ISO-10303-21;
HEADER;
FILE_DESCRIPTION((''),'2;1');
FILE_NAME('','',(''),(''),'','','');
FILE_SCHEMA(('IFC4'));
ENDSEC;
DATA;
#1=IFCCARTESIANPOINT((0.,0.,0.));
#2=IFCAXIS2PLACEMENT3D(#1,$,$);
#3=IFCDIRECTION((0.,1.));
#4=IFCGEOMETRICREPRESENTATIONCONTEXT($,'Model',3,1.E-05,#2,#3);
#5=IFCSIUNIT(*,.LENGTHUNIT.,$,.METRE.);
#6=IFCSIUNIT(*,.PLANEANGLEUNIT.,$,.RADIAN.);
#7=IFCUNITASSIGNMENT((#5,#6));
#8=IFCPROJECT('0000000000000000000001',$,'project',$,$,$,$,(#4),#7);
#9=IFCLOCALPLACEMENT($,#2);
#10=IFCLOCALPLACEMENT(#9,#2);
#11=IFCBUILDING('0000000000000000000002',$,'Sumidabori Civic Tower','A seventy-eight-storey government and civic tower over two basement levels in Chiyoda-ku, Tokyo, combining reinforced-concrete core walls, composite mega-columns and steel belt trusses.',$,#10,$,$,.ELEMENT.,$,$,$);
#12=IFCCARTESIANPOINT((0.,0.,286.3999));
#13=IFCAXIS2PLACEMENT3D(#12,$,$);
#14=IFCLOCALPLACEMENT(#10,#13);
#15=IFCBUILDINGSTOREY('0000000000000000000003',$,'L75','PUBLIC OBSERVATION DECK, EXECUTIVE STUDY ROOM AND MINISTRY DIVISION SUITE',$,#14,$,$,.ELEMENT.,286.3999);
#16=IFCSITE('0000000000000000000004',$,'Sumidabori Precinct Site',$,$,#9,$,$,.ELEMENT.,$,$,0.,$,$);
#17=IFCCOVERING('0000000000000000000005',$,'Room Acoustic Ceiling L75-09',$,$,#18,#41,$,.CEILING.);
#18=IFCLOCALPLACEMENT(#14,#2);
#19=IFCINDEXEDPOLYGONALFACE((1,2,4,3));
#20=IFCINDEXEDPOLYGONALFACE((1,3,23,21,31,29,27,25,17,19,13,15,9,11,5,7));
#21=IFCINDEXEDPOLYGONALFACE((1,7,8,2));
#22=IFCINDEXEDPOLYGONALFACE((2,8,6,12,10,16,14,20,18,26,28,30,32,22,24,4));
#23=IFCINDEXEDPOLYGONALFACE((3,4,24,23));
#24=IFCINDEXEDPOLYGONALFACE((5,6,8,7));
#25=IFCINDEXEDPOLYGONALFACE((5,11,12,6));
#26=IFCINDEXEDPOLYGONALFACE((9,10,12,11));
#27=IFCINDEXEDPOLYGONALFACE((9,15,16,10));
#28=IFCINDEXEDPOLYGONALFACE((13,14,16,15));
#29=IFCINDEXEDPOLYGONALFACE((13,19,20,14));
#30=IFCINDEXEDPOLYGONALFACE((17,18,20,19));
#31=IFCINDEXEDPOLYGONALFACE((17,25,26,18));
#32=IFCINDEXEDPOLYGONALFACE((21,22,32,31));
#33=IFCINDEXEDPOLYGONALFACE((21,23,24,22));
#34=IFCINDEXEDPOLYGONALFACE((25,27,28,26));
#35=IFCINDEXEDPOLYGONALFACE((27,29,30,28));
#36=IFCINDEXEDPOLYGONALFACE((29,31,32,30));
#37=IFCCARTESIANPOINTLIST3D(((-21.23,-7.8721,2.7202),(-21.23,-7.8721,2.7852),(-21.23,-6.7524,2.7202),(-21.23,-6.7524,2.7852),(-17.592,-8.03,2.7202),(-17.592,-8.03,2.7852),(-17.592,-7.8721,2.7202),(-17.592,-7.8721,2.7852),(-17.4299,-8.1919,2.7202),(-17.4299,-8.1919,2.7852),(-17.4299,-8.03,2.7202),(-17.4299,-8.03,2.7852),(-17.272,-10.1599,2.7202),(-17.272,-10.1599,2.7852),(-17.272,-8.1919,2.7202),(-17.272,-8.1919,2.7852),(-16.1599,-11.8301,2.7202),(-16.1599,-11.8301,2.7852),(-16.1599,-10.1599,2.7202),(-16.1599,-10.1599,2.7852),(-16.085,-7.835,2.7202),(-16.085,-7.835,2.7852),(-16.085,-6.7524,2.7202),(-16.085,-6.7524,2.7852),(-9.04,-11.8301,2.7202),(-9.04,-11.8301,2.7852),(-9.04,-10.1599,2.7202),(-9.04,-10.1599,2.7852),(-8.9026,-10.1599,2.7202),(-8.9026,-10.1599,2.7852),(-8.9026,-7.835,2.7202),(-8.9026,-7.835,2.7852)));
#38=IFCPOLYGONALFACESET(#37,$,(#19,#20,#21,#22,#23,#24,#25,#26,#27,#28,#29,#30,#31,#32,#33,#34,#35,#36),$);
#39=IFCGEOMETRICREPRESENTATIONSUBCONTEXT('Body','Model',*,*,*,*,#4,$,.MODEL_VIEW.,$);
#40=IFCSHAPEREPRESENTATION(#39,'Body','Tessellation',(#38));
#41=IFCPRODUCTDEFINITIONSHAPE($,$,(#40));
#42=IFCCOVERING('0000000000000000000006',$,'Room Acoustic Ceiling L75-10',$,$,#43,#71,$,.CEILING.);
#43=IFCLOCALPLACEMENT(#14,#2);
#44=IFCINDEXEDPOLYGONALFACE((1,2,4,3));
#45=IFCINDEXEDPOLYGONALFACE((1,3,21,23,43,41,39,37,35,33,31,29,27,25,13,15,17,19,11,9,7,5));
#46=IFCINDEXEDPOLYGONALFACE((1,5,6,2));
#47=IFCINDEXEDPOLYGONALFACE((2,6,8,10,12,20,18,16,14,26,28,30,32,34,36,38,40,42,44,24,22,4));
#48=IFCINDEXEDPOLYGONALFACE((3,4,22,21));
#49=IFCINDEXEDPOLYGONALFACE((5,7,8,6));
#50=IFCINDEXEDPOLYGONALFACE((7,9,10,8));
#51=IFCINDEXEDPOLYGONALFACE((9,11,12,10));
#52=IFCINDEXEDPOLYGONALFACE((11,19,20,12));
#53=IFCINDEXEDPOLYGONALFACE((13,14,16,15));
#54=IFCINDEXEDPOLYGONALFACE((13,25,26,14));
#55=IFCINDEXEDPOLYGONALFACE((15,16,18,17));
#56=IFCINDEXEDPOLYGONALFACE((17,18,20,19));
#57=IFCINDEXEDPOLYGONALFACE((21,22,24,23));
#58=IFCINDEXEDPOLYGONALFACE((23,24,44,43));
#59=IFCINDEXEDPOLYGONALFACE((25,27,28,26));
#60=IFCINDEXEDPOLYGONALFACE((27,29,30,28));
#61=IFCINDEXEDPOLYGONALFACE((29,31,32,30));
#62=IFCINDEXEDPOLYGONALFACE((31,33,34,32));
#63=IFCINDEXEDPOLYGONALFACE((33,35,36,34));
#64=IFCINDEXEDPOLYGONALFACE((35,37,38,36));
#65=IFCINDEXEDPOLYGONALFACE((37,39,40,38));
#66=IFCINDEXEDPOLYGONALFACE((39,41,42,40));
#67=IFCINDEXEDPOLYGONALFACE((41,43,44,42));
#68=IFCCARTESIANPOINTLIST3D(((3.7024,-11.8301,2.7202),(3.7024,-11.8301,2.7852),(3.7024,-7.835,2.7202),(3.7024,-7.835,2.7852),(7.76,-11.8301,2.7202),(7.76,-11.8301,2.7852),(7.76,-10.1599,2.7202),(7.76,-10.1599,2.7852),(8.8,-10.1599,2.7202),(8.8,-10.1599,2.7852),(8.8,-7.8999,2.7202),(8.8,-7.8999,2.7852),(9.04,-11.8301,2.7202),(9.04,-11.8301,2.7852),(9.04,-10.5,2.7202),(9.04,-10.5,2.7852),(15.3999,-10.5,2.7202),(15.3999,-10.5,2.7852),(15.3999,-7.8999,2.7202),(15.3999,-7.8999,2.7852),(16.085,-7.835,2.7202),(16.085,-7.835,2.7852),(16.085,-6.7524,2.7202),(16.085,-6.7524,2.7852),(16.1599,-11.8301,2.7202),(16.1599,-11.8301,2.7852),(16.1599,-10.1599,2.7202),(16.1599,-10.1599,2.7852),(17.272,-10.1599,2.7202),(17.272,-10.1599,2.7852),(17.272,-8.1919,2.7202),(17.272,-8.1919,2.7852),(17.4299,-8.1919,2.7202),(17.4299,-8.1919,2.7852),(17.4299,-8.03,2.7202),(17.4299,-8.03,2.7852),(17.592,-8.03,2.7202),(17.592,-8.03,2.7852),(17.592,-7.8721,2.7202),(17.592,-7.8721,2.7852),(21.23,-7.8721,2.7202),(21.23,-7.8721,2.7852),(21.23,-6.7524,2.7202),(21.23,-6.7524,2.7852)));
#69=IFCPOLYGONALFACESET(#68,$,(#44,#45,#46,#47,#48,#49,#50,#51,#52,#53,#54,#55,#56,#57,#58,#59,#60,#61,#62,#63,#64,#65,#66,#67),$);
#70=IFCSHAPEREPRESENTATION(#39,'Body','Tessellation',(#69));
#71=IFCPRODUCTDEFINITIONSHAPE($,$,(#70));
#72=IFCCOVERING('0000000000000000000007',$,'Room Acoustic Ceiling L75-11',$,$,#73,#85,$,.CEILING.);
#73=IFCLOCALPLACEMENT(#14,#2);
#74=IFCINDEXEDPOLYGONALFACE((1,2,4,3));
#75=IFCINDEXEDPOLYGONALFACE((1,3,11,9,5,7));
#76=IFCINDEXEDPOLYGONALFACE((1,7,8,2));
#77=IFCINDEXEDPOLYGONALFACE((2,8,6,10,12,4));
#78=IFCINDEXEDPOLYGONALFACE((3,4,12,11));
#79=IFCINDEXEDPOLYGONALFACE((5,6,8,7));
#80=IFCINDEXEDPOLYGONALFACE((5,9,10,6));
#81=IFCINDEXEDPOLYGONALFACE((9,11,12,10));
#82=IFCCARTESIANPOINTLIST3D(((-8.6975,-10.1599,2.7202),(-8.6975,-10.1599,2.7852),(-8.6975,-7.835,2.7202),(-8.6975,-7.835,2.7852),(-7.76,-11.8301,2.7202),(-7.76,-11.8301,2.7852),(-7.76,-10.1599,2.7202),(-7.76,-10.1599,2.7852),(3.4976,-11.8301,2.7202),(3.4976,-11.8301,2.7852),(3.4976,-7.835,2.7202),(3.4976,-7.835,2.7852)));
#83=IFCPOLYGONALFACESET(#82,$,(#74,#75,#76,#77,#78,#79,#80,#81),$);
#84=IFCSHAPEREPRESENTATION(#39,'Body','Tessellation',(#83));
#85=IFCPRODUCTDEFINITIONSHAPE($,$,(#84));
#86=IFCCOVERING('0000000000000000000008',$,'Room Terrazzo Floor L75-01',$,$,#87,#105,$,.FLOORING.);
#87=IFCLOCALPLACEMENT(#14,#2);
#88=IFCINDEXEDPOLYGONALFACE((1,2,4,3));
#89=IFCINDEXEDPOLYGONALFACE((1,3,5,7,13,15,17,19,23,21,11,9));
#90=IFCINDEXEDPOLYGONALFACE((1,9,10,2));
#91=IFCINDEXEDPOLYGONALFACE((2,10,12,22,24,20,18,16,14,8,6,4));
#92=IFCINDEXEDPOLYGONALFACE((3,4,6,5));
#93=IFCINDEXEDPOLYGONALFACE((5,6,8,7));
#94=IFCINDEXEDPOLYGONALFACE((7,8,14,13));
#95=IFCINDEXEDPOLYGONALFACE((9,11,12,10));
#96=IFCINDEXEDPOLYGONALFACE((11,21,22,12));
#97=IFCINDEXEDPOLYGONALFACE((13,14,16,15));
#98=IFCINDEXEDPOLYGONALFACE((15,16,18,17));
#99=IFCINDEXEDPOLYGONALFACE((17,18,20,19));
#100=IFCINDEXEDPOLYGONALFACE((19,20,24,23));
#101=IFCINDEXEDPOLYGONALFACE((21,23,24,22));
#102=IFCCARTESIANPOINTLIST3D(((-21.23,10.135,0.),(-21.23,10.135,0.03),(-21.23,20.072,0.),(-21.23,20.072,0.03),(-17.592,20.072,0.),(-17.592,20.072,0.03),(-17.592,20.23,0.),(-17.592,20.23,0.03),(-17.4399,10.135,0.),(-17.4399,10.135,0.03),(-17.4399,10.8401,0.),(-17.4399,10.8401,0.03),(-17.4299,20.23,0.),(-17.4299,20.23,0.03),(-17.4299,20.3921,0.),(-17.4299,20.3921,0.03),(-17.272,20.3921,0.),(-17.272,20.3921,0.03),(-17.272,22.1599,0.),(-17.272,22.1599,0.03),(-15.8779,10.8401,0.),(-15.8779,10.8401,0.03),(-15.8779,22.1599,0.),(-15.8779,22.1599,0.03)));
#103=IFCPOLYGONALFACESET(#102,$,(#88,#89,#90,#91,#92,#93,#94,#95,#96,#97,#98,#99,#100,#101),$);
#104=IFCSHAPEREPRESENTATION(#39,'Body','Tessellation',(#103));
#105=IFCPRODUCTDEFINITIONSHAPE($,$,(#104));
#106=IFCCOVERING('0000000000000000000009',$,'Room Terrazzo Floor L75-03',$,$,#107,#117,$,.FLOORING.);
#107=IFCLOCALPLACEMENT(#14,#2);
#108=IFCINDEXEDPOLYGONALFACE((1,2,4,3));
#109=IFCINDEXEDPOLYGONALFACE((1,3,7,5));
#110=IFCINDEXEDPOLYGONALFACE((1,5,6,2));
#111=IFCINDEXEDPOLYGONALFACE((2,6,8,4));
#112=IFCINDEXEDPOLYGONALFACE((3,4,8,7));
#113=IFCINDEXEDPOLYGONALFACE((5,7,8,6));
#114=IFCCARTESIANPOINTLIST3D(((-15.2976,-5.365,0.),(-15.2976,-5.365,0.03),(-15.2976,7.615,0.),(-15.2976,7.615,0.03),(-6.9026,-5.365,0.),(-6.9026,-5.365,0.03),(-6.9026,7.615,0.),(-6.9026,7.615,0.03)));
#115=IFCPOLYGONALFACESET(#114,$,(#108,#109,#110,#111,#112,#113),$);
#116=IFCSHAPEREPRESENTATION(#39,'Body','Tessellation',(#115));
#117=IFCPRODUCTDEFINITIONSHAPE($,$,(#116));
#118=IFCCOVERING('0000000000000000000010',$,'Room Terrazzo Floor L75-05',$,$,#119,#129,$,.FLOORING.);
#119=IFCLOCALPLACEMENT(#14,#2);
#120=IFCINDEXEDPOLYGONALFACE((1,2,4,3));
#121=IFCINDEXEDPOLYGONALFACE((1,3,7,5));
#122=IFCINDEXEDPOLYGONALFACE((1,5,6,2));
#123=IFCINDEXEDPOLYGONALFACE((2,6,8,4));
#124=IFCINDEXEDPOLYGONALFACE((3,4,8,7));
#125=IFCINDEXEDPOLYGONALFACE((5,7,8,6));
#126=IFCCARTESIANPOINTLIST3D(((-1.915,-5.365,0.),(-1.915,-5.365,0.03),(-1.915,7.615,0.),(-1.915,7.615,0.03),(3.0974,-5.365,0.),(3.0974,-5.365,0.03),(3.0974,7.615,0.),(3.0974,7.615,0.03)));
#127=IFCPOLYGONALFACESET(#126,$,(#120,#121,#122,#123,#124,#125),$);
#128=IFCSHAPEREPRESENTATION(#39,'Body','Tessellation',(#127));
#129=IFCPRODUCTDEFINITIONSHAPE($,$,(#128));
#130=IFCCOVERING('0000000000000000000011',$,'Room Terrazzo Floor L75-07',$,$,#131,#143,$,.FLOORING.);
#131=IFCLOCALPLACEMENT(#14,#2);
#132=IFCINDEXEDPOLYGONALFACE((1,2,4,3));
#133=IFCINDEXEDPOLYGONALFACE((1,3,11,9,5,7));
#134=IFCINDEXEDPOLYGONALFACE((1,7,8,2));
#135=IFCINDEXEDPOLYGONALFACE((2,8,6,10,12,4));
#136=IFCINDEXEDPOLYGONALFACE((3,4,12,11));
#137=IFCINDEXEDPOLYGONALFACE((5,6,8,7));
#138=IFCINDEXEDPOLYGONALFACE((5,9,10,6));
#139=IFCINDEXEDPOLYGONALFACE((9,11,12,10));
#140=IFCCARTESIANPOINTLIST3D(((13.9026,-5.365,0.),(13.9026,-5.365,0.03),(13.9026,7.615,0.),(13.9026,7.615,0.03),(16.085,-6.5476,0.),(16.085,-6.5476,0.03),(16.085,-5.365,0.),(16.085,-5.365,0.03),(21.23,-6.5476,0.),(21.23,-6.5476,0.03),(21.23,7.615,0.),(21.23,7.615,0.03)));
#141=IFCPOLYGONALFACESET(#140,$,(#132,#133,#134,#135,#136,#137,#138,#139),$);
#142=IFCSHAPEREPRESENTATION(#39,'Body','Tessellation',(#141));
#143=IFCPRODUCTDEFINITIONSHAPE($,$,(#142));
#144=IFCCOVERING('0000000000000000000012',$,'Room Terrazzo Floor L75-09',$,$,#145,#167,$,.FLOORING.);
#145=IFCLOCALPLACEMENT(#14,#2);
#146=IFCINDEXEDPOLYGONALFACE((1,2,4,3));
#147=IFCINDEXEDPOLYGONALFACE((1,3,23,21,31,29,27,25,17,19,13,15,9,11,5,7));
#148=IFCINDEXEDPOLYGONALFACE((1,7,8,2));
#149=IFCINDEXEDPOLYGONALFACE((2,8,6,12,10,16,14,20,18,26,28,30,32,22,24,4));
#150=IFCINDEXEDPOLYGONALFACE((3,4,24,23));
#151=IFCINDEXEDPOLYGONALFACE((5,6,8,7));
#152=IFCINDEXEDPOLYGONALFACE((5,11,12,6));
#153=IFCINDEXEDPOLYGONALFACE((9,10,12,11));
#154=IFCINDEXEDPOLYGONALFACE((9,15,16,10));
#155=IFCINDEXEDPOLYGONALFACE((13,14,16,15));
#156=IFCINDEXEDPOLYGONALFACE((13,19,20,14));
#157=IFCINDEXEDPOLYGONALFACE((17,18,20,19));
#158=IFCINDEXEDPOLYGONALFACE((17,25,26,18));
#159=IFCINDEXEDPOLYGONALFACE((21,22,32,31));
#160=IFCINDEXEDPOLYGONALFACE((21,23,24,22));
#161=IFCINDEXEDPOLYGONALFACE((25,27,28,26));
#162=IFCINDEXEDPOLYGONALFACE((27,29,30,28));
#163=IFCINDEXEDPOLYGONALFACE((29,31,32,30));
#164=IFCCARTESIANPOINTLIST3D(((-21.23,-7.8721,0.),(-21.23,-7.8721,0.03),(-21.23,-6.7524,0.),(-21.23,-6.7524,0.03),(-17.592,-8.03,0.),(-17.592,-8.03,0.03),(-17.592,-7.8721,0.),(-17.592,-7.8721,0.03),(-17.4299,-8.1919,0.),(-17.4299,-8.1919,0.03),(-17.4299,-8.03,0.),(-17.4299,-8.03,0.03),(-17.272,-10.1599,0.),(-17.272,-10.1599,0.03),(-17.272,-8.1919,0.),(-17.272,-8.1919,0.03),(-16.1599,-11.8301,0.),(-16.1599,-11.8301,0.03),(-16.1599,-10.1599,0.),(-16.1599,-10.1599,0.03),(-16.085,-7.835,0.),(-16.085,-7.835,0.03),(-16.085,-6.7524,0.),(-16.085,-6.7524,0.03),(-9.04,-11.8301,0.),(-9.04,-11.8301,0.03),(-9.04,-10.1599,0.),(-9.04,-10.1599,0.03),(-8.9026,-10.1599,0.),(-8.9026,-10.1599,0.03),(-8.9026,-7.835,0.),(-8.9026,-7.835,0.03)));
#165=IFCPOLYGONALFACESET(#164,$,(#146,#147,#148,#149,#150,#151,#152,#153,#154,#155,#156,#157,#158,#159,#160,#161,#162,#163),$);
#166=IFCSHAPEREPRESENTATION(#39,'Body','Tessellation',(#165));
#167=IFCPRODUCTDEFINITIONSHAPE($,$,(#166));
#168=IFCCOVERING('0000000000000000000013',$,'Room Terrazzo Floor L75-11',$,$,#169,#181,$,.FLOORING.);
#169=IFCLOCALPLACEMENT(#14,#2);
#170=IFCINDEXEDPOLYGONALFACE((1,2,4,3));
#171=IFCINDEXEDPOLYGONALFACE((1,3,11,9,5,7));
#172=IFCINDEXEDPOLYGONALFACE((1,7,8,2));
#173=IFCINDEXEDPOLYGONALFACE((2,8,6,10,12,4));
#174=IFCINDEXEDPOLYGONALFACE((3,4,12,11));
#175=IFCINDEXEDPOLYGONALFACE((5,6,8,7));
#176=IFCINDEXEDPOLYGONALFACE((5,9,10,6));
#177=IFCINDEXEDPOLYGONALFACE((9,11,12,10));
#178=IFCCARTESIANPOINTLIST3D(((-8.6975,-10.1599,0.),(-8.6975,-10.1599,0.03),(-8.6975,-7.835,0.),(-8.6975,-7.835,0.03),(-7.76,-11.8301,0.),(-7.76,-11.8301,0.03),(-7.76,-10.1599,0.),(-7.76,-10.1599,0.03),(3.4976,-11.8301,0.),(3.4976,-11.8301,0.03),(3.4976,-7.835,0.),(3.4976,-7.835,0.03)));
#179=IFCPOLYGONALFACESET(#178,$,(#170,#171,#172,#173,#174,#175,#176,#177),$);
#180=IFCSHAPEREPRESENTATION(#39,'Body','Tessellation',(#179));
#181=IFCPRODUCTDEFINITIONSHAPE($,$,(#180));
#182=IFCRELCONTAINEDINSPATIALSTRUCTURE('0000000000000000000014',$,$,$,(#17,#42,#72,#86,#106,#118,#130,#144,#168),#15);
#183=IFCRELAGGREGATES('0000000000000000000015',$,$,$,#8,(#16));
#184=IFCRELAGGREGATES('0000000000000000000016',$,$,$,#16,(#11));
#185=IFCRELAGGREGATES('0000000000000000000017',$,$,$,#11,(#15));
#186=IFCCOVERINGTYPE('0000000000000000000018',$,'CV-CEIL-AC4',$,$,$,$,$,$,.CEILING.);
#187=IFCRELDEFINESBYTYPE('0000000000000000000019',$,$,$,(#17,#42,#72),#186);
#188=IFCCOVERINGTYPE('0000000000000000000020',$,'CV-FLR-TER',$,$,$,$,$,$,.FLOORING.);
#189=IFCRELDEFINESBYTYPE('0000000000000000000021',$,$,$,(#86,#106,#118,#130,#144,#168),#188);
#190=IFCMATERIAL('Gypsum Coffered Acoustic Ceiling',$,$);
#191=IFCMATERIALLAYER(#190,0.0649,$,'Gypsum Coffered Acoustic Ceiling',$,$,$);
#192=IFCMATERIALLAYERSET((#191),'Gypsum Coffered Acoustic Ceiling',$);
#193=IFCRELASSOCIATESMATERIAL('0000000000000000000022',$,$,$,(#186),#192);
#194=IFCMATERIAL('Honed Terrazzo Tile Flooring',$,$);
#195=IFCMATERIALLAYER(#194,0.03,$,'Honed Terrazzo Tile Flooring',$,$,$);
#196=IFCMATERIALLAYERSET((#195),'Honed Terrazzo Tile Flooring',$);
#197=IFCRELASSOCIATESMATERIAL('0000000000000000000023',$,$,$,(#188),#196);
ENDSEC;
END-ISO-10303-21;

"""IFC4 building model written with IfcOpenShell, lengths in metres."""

from ifc_helpers import new_model, si_unit, direction, frame, origin, place, context, subcontext, project, spatial, polyline, outline, extrude, material, layer, layer_set, type_object, element, save


model = new_model("IFC4")

# Units and contexts
model_context = context("Model", 3, precision=1e-05, world=origin(), true_north=direction((0.0, 1.0)))
body_context = subcontext(model_context, "Body", "Model", "MODEL_VIEW")
ifc_project = project(units=[si_unit("LENGTHUNIT", "METRE"), si_unit("PLANEANGLEUNIT", "RADIAN")], contexts=[model_context])

# Site, building, storey
site_placement = place(None, origin())
site = spatial("IfcSite", under=ifc_project, at=site_placement, Name="Sumidabori Precinct Site", CompositionType="ELEMENT", RefElevation=0.0)
building_placement = place(site_placement, origin())
building = spatial("IfcBuilding", under=site, at=building_placement, Name="Sumidabori Civic Tower", Description="A seventy-eight-storey government and civic tower over two basement levels in Chiyoda-ku, Tokyo, combining reinforced-concrete core walls, composite mega-columns and steel belt trusses.", CompositionType="ELEMENT")
storey_placement = place(building_placement, frame((0.0, 0.0, 286.3999)))
storey = spatial("IfcBuildingStorey", under=building, at=storey_placement, Name="L75", Description="PUBLIC OBSERVATION DECK, EXECUTIVE STUDY ROOM AND MINISTRY DIVISION SUITE", CompositionType="ELEMENT", Elevation=286.3999)

# Coverings
ifc_material_1 = material(Name="Gypsum Coffered Acoustic Ceiling")
ifc_layer_1 = layer(ifc_material_1, 0.0649, Name="Gypsum Coffered Acoustic Ceiling")
ifc_layer_set_1 = layer_set([ifc_layer_1], Name="Gypsum Coffered Acoustic Ceiling")
covering_type_1 = type_object("IfcCoveringType", Name="CV-CEIL-AC4", PredefinedType="CEILING", material=ifc_layer_set_1)
covering_1_placement = place(storey_placement, frame((0.0, 0.0, 2.7202)))
element("IfcCovering", 1, at=covering_1_placement, inside=storey, type_object=covering_type_1, Name="Room Acoustic Ceiling L75-09", PredefinedType="CEILING", context=body_context, shape_type="SweptSolid", body=[
    extrude(outline(polyline([(-21.23, -7.8721), (-21.23, -6.7524), (-16.085, -6.7524), (-16.085, -7.835), (-8.9026, -7.835), (-8.9026, -10.1599), (-9.04, -10.1599), (-9.04, -11.8301), (-16.1599, -11.8301), (-16.1599, -10.1599), (-17.272, -10.1599), (-17.272, -8.1919), (-17.4299, -8.1919), (-17.4299, -8.03), (-17.592, -8.03), (-17.592, -7.8721), (-21.23, -7.8721)])), origin(), (0.0, 0.0, 1.0), 0.0649),
])
covering_2_placement = place(storey_placement, frame((0.0, 0.0, 2.7202)))
element("IfcCovering", 2, at=covering_2_placement, inside=storey, type_object=covering_type_1, Name="Room Acoustic Ceiling L75-10", PredefinedType="CEILING", context=body_context, shape_type="SweptSolid", body=[
    extrude(outline(polyline([(16.085, -6.7524), (21.23, -6.7524), (21.23, -7.8721), (17.592, -7.8721), (17.592, -8.03), (17.4299, -8.03), (17.4299, -8.1919), (17.272, -8.1919), (17.272, -10.1599), (16.1599, -10.1599), (16.1599, -11.8301), (9.04, -11.8301), (9.04, -10.5), (15.3999, -10.5), (15.3999, -7.8999), (8.8, -7.8999), (8.8, -10.1599), (7.76, -10.1599), (7.76, -11.8301), (3.7024, -11.8301), (3.7024, -7.835), (16.085, -7.835), (16.085, -6.7524)])), origin(), (0.0, 0.0, 1.0), 0.0649),
])
covering_3_placement = place(storey_placement, frame((0.0, 0.0, 2.7202)))
element("IfcCovering", 3, at=covering_3_placement, inside=storey, type_object=covering_type_1, Name="Room Acoustic Ceiling L75-11", PredefinedType="CEILING", context=body_context, shape_type="SweptSolid", body=[
    extrude(outline(polyline([(3.4976, -7.835), (3.4976, -11.8301), (-7.76, -11.8301), (-7.76, -10.1599), (-8.6975, -10.1599), (-8.6975, -7.835), (3.4976, -7.835)])), origin(), (0.0, 0.0, 1.0), 0.0649),
])
ifc_material_2 = material(Name="Honed Terrazzo Tile Flooring")
ifc_layer_2 = layer(ifc_material_2, 0.03, Name="Honed Terrazzo Tile Flooring")
ifc_layer_set_2 = layer_set([ifc_layer_2], Name="Honed Terrazzo Tile Flooring")
covering_type_2 = type_object("IfcCoveringType", Name="CV-FLR-TER", PredefinedType="FLOORING", material=ifc_layer_set_2)
covering_4_placement = place(storey_placement, origin())
element("IfcCovering", 4, at=covering_4_placement, inside=storey, type_object=covering_type_2, Name="Room Terrazzo Floor L75-01", PredefinedType="FLOORING", context=body_context, shape_type="SweptSolid", body=[
    extrude(outline(polyline([(-17.592, 20.23), (-17.4299, 20.23), (-17.4299, 20.3921), (-17.272, 20.3921), (-17.272, 22.1599), (-15.8779, 22.1599), (-15.8779, 10.8401), (-17.4399, 10.8401), (-17.4399, 10.135), (-21.23, 10.135), (-21.23, 20.072), (-17.592, 20.072), (-17.592, 20.23)])), origin(), (0.0, 0.0, 1.0), 0.03),
])
covering_5_placement = place(storey_placement, origin())
element("IfcCovering", 5, at=covering_5_placement, inside=storey, type_object=covering_type_2, Name="Room Terrazzo Floor L75-03", PredefinedType="FLOORING", context=body_context, shape_type="SweptSolid", body=[
    extrude(outline(polyline([(-15.2976, 7.615), (-6.9026, 7.615), (-6.9026, -5.365), (-15.2976, -5.365), (-15.2976, 7.615)])), origin(), (0.0, 0.0, 1.0), 0.03),
])
covering_6_placement = place(storey_placement, origin())
element("IfcCovering", 6, at=covering_6_placement, inside=storey, type_object=covering_type_2, Name="Room Terrazzo Floor L75-05", PredefinedType="FLOORING", context=body_context, shape_type="SweptSolid", body=[
    extrude(outline(polyline([(-1.915, -5.365), (-1.915, 7.615), (3.0974, 7.615), (3.0974, -5.365), (-1.915, -5.365)])), origin(), (0.0, 0.0, 1.0), 0.03),
])
covering_7_placement = place(storey_placement, origin())
element("IfcCovering", 7, at=covering_7_placement, inside=storey, type_object=covering_type_2, Name="Room Terrazzo Floor L75-07", PredefinedType="FLOORING", context=body_context, shape_type="SweptSolid", body=[
    extrude(outline(polyline([(16.085, -5.365), (13.9026, -5.365), (13.9026, 7.615), (21.23, 7.615), (21.23, -6.5476), (16.085, -6.5476), (16.085, -5.365)])), origin(), (0.0, 0.0, 1.0), 0.03),
])
covering_8_placement = place(storey_placement, origin())
element("IfcCovering", 8, at=covering_8_placement, inside=storey, type_object=covering_type_2, Name="Room Terrazzo Floor L75-09", PredefinedType="FLOORING", context=body_context, shape_type="SweptSolid", body=[
    extrude(outline(polyline([(-21.23, -7.8721), (-21.23, -6.7524), (-16.085, -6.7524), (-16.085, -7.835), (-8.9026, -7.835), (-8.9026, -10.1599), (-9.04, -10.1599), (-9.04, -11.8301), (-16.1599, -11.8301), (-16.1599, -10.1599), (-17.272, -10.1599), (-17.272, -8.1919), (-17.4299, -8.1919), (-17.4299, -8.03), (-17.592, -8.03), (-17.592, -7.8721), (-21.23, -7.8721)])), origin(), (0.0, 0.0, 1.0), 0.03),
])
covering_9_placement = place(storey_placement, origin())
element("IfcCovering", 9, at=covering_9_placement, inside=storey, type_object=covering_type_2, Name="Room Terrazzo Floor L75-11", PredefinedType="FLOORING", context=body_context, shape_type="SweptSolid", body=[
    extrude(outline(polyline([(3.4976, -7.835), (3.4976, -11.8301), (-7.76, -11.8301), (-7.76, -10.1599), (-8.6975, -10.1599), (-8.6975, -7.835), (3.4976, -7.835)])), origin(), (0.0, 0.0, 1.0), 0.03),
])

save(model, "model.ifc")
